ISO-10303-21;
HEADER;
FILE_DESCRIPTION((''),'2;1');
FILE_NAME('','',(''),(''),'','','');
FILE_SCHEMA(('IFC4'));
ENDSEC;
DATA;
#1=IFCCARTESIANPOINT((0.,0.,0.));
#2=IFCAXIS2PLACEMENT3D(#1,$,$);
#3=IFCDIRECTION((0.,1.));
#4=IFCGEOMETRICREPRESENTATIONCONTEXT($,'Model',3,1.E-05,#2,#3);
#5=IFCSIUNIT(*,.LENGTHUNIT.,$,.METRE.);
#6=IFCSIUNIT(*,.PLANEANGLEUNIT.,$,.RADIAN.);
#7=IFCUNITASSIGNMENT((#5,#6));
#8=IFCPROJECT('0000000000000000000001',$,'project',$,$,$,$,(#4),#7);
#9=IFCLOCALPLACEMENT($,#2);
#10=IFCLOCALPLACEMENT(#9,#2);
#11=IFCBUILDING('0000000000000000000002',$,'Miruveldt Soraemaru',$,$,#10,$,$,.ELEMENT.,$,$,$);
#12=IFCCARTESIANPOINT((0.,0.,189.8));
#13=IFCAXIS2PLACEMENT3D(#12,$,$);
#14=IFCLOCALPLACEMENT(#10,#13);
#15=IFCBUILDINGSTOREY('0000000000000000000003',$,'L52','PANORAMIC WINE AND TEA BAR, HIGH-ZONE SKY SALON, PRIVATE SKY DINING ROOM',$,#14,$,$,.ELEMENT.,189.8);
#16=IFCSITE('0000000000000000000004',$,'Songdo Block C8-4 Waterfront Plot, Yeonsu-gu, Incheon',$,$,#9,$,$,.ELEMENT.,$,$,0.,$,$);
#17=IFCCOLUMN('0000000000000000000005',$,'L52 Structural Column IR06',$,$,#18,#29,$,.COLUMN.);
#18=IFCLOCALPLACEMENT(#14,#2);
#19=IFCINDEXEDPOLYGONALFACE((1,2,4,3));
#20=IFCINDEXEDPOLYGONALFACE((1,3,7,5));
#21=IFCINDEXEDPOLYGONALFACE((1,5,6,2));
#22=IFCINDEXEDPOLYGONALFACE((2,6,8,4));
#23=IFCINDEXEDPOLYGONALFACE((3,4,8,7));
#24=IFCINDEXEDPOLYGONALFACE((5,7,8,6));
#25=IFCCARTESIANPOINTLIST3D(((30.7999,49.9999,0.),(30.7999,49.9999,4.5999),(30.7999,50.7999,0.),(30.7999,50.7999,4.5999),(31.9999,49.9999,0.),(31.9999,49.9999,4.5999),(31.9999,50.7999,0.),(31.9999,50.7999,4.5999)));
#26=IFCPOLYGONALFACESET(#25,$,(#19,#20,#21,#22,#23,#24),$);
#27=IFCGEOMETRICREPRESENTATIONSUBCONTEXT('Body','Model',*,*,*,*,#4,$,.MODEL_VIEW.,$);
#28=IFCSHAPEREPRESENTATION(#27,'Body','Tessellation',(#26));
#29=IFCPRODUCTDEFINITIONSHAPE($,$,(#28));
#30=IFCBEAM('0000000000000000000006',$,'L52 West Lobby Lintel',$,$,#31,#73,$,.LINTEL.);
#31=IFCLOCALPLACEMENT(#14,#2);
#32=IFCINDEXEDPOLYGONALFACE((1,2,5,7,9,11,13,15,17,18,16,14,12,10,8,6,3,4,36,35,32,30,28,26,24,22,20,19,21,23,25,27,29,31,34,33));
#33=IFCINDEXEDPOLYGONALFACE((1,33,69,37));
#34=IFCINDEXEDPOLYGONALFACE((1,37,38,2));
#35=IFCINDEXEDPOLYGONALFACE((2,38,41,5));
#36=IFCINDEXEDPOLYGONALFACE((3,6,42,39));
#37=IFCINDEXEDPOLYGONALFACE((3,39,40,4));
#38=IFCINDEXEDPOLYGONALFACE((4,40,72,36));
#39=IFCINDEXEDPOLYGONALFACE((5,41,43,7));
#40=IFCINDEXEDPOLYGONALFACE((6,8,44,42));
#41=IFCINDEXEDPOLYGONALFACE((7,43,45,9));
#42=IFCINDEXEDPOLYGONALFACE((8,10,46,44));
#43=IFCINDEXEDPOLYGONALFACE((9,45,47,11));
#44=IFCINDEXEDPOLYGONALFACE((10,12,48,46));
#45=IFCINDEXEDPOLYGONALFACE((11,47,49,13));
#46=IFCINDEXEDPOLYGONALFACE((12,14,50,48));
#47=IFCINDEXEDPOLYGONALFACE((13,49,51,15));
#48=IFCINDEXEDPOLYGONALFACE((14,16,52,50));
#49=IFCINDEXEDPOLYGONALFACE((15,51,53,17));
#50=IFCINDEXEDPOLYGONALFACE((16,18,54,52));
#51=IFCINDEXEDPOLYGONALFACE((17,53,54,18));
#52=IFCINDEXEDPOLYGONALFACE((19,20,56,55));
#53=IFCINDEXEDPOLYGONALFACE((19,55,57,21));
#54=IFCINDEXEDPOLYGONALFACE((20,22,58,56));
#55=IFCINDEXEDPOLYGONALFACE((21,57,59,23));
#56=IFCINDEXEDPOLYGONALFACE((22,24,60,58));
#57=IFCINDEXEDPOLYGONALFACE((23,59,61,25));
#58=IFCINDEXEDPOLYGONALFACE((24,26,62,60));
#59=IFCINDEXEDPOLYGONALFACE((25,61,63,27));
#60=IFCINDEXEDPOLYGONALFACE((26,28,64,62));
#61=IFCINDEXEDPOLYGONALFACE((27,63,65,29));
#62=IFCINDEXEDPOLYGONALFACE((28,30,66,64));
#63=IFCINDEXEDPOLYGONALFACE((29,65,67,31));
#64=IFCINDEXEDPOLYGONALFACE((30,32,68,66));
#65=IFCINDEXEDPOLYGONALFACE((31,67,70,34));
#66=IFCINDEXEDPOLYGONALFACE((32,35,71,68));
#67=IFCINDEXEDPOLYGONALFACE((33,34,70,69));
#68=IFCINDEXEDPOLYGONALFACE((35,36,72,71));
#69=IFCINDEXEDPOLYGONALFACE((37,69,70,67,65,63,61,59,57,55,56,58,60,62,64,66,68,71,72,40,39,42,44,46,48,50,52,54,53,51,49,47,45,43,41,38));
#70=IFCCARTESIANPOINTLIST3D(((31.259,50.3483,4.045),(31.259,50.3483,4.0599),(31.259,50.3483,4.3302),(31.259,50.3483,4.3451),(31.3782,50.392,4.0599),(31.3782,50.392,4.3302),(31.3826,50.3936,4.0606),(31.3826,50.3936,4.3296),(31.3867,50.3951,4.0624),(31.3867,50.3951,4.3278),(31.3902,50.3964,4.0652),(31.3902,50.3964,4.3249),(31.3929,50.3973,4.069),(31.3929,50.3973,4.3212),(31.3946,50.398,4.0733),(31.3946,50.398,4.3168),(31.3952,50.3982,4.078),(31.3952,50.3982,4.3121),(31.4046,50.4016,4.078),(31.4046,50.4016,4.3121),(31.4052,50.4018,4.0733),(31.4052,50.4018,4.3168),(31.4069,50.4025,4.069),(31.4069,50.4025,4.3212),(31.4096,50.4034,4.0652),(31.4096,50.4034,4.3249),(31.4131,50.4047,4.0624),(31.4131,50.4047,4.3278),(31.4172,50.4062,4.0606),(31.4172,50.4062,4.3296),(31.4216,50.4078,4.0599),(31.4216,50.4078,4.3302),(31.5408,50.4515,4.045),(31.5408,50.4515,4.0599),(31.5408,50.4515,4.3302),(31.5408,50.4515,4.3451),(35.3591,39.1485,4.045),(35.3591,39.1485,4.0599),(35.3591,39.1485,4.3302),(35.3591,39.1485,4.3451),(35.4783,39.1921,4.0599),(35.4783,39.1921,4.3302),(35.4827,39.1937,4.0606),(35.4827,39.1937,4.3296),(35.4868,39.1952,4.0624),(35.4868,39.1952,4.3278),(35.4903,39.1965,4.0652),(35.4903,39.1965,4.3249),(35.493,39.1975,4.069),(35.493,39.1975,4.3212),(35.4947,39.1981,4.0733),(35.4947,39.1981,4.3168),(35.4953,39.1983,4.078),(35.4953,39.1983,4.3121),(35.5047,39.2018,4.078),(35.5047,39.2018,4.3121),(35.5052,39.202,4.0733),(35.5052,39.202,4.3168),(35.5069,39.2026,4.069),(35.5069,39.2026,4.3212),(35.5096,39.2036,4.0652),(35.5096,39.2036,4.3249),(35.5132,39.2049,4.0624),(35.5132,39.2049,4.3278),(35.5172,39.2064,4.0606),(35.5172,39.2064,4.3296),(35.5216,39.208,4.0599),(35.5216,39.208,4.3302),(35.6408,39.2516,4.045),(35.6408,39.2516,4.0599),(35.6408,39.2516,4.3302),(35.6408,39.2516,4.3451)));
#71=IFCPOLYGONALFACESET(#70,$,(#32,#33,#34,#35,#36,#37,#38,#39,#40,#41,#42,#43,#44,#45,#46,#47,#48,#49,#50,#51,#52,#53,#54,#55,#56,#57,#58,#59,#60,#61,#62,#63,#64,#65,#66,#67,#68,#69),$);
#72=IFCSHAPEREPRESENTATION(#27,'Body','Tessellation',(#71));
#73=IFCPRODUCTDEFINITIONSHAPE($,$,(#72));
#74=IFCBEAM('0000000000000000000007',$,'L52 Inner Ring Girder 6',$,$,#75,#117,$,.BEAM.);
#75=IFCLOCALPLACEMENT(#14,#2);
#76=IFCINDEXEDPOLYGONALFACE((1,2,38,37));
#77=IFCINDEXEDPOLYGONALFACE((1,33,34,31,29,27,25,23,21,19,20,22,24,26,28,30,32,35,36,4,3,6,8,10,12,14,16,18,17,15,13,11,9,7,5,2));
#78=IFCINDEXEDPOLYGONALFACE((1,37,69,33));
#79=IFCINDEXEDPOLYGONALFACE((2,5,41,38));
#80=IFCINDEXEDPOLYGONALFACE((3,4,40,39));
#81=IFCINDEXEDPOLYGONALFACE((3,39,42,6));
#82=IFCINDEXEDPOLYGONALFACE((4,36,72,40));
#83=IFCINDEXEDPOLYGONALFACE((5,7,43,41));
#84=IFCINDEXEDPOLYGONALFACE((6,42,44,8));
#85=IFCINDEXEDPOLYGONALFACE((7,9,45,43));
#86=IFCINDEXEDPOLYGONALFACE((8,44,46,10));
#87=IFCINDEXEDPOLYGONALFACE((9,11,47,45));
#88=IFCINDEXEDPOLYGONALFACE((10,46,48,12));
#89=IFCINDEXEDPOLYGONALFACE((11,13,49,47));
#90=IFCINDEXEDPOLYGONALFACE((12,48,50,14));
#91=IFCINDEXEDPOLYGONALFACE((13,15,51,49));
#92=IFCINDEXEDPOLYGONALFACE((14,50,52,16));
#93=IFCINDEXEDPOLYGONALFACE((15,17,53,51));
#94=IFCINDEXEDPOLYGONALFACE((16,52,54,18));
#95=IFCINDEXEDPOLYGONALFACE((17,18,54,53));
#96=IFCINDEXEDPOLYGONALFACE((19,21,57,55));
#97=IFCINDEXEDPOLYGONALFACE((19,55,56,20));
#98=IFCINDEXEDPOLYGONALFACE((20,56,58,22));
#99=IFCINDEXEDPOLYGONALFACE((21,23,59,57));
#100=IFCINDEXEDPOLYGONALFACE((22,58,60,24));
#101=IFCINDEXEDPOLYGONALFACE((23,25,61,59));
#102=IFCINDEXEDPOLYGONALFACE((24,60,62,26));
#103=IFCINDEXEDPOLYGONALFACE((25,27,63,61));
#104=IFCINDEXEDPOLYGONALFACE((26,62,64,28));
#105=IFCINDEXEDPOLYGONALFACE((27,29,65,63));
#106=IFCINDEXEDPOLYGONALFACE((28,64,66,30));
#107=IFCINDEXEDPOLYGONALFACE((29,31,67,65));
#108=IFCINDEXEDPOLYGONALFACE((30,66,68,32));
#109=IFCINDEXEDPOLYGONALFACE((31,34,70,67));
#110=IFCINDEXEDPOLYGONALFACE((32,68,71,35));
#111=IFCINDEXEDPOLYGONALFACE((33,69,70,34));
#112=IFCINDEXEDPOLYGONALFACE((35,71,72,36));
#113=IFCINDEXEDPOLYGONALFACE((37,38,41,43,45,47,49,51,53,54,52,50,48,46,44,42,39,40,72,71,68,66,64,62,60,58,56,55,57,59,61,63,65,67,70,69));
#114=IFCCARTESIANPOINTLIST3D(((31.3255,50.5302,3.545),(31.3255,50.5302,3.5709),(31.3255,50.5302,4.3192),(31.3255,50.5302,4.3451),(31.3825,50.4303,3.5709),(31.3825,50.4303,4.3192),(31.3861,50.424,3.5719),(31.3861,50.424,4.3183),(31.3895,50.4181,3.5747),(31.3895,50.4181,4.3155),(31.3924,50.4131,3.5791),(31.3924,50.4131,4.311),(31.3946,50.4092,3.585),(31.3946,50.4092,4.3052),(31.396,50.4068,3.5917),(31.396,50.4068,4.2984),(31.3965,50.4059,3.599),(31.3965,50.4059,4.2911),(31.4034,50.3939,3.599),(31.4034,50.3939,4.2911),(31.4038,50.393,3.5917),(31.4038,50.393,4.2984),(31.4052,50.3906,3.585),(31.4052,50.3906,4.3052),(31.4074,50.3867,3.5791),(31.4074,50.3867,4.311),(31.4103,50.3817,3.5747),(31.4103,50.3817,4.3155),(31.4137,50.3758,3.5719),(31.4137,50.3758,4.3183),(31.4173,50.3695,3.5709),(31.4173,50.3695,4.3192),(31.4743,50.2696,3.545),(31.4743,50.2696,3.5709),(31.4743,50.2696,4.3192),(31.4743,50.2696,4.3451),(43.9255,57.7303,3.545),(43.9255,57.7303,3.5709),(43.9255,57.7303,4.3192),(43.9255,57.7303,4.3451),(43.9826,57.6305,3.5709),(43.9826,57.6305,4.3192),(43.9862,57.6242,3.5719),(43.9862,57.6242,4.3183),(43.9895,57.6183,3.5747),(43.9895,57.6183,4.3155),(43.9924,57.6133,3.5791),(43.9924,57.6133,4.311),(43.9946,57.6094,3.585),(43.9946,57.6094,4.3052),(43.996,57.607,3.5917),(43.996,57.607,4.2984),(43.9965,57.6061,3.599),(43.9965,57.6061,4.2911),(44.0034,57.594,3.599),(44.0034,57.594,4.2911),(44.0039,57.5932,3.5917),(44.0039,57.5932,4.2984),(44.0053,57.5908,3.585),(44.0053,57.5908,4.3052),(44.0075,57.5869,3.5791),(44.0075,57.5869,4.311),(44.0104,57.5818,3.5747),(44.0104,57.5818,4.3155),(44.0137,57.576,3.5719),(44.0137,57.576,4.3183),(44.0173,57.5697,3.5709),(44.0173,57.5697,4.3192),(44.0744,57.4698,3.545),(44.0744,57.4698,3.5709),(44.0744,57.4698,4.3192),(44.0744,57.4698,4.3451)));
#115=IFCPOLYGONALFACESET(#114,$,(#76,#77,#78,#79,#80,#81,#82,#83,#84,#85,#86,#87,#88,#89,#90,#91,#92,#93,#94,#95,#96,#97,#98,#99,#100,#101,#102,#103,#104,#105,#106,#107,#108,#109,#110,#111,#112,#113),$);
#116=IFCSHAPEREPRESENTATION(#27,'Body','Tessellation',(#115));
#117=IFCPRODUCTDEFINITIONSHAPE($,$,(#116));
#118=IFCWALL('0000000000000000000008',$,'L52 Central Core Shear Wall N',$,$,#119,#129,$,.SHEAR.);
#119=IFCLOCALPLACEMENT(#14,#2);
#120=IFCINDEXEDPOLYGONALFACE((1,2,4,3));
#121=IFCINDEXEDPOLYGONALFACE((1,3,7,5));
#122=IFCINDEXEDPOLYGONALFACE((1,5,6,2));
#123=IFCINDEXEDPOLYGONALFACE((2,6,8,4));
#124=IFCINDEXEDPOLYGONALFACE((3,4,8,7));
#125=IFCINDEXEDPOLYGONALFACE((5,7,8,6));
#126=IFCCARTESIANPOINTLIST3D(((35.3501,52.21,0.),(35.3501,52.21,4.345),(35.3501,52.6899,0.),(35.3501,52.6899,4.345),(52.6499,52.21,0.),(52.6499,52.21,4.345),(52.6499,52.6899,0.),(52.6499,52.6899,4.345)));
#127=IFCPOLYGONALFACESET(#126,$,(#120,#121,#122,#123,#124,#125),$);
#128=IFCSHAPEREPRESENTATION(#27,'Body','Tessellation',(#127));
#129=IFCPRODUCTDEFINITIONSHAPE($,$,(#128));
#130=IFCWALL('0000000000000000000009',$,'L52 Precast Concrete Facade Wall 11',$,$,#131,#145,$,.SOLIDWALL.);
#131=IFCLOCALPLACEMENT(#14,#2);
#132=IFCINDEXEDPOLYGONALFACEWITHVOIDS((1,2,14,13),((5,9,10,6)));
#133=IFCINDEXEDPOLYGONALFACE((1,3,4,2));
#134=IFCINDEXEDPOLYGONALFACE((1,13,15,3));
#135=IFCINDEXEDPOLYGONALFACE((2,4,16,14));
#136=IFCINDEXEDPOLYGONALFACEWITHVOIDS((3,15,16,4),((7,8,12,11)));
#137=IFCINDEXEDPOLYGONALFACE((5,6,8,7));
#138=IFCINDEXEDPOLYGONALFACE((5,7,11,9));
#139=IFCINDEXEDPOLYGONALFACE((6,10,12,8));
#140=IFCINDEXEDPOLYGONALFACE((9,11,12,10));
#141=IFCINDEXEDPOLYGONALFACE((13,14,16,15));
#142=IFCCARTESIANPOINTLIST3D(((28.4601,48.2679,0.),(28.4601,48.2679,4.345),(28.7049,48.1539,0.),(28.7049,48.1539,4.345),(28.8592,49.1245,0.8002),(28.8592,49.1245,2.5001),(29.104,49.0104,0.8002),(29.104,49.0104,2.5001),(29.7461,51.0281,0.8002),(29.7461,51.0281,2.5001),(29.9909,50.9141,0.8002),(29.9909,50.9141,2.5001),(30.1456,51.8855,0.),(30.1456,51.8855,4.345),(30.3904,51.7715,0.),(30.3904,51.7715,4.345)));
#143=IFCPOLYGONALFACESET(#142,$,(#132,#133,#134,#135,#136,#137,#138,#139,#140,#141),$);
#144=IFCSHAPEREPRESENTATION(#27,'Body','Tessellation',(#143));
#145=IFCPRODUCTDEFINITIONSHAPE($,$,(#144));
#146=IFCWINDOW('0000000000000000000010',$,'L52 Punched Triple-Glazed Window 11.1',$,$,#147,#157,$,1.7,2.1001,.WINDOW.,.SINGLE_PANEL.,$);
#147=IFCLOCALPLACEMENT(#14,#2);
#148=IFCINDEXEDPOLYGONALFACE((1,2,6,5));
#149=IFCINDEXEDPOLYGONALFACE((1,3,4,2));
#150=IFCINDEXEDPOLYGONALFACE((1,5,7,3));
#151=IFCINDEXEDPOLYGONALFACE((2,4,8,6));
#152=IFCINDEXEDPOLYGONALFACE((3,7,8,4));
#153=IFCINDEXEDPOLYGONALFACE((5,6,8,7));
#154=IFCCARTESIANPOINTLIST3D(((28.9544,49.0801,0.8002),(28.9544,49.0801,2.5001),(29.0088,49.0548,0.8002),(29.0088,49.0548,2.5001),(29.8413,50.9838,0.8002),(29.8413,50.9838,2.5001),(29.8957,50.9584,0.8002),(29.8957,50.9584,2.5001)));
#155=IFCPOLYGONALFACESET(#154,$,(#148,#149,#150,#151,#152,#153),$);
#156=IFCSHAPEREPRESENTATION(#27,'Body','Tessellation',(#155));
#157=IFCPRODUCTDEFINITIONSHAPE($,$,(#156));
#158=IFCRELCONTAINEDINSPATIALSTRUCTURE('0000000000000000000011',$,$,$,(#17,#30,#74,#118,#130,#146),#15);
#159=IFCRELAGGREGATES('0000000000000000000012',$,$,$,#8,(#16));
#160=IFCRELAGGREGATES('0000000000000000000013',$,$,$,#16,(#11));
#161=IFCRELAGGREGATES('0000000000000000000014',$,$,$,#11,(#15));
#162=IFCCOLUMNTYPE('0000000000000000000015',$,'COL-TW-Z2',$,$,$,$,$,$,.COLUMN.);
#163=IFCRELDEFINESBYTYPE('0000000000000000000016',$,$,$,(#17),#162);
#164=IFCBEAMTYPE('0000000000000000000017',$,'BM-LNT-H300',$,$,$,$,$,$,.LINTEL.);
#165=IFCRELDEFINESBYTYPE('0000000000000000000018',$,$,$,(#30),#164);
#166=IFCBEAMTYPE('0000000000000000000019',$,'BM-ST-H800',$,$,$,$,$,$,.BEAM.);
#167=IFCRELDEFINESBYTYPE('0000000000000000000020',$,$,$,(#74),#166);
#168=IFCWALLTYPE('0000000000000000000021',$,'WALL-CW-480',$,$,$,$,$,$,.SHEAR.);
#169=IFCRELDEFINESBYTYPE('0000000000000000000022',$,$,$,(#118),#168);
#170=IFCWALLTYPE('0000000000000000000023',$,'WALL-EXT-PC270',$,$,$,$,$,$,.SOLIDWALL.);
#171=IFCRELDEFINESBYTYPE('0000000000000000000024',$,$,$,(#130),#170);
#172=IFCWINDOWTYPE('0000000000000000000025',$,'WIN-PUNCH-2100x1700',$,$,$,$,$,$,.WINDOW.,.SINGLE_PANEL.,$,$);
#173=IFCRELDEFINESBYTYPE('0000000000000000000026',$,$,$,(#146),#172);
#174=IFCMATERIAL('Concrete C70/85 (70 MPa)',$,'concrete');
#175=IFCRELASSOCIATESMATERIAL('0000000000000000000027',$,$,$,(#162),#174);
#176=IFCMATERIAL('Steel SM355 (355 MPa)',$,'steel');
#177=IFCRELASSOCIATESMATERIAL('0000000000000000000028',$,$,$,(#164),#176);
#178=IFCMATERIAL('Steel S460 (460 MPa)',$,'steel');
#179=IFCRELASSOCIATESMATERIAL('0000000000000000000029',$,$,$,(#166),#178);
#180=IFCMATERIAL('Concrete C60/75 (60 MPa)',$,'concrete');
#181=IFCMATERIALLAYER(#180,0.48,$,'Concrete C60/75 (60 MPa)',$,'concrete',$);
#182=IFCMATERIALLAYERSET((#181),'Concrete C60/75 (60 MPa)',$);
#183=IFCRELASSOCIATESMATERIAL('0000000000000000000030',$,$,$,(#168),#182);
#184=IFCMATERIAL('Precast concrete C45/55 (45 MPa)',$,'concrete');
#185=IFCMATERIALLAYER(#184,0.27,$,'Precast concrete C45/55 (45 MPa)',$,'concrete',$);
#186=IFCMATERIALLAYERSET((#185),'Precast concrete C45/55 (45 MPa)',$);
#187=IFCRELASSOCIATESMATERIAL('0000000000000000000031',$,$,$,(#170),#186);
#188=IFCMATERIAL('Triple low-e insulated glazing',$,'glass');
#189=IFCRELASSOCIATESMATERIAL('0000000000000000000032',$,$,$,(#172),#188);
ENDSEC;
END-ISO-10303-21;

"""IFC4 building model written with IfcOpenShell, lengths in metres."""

from ifc_helpers import new_model, si_unit, direction, frame, frame_2d, origin, origin_2d, place, context, subcontext, project, spatial, rectangle, i_section, extrude, material, layer, layer_set, material_profile, profile_set, type_object, element, fill, save


model = new_model("IFC4")

# Units and contexts
model_context = context("Model", 3, precision=1e-05, world=origin(), true_north=direction((0.0, 1.0)))
body_context = subcontext(model_context, "Body", "Model", "MODEL_VIEW")
ifc_project = project(units=[si_unit("LENGTHUNIT", "METRE"), si_unit("PLANEANGLEUNIT", "RADIAN")], contexts=[model_context])

# Site, building, storey
site_placement = place(None, origin())
site = spatial("IfcSite", under=ifc_project, at=site_placement, Name="Songdo Block C8-4 Waterfront Plot, Yeonsu-gu, Incheon", CompositionType="ELEMENT", RefElevation=0.0)
building_placement = place(site_placement, origin())
building = spatial("IfcBuilding", under=site, at=building_placement, Name="Miruveldt Soraemaru", CompositionType="ELEMENT")
storey_placement = place(building_placement, frame((0.0, 0.0, 189.8)))
storey = spatial("IfcBuildingStorey", under=building, at=storey_placement, Name="L52", Description="PANORAMIC WINE AND TEA BAR, HIGH-ZONE SKY SALON, PRIVATE SKY DINING ROOM", CompositionType="ELEMENT", Elevation=189.8)

# Column
ifc_material_1 = material(Name="Concrete C70/85 (70 MPa)", Category="concrete")
ifc_material_profile_1 = material_profile(ifc_material_1, rectangle(XDim=1.2, YDim=0.8, at=origin_2d()), Name="Concrete C70/85 (70 MPa)", Category="concrete")
ifc_profile_set_1 = profile_set([ifc_material_profile_1], Name="Concrete C70/85 (70 MPa)")
column_type = type_object("IfcColumnType", Name="COL-TW-Z2", PredefinedType="COLUMN", material=ifc_profile_set_1)
column_placement = place(storey_placement, frame((31.3999, 50.3999, 0.0), z_axis=(0.0, 0.0, 1.0), x_axis=(1.0, 0.0, 0.0)))
element("IfcColumn", 1, at=column_placement, inside=storey, type_object=column_type, Name="L52 Structural Column IR06", PredefinedType="COLUMN", context=body_context, shape_type="SweptSolid", body=[
    extrude(rectangle(XDim=1.2, YDim=0.8, at=origin_2d()), origin(), (0.0, 0.0, 1.0), 4.5999),
])

# Beams
ifc_material_2 = material(Name="Steel SM355 (355 MPa)", Category="steel")
ifc_material_profile_2 = material_profile(ifc_material_2, i_section(OverallWidth=0.3, OverallDepth=0.3, WebThickness=0.01, FlangeThickness=0.0149, FilletRadius=0.0181, at=origin_2d()), Name="Steel SM355 (355 MPa)", Category="steel")
ifc_profile_set_2 = profile_set([ifc_material_profile_2], Name="Steel SM355 (355 MPa)")
beam_type_1 = type_object("IfcBeamType", Name="BM-LNT-H300", PredefinedType="LINTEL", material=ifc_profile_set_2)
beam_1_placement = place(storey_placement, frame((31.3999, 50.3999, 4.1951), z_axis=(0.34377, -0.939054, 0.0), x_axis=(0.939054, 0.34377, 0.0)))
element("IfcBeam", 2, at=beam_1_placement, inside=storey, type_object=beam_type_1, Name="L52 West Lobby Lintel", PredefinedType="LINTEL", context=body_context, shape_type="SweptSolid", body=[
    extrude(i_section(OverallWidth=0.3, OverallDepth=0.3, WebThickness=0.01, FlangeThickness=0.0149, FilletRadius=0.0181, at=origin_2d()), origin(), (0.0, 0.0, 1.0), 11.9268),
])
ifc_material_3 = material(Name="Steel S460 (460 MPa)", Category="steel")
ifc_material_profile_3 = material_profile(ifc_material_3, i_section(OverallWidth=0.3, OverallDepth=0.8, WebThickness=0.0139, FlangeThickness=0.0259, FilletRadius=0.0281, at=origin_2d()), Name="Steel S460 (460 MPa)", Category="steel")
ifc_profile_set_3 = profile_set([ifc_material_profile_3], Name="Steel S460 (460 MPa)")
beam_type_2 = type_object("IfcBeamType", Name="BM-ST-H800", PredefinedType="BEAM", material=ifc_profile_set_3)
beam_2_placement = place(storey_placement, frame((31.3999, 50.3999, 3.9451), z_axis=(0.868239, 0.496146, 0.0), x_axis=(-0.496146, 0.868239, 0.0)))
element("IfcBeam", 3, at=beam_2_placement, inside=storey, type_object=beam_type_2, Name="L52 Inner Ring Girder 6", PredefinedType="BEAM", context=body_context, shape_type="SweptSolid", body=[
    extrude(i_section(OverallWidth=0.3, OverallDepth=0.8, WebThickness=0.0139, FlangeThickness=0.0259, FilletRadius=0.0281, at=origin_2d()), origin(), (0.0, 0.0, 1.0), 14.5122),
])

# Wall
ifc_material_4 = material(Name="Concrete C60/75 (60 MPa)", Category="concrete")
ifc_layer_1 = layer(ifc_material_4, 0.48, Name="Concrete C60/75 (60 MPa)", Category="concrete")
ifc_layer_set_1 = layer_set([ifc_layer_1], Name="Concrete C60/75 (60 MPa)")
wall_type_1 = type_object("IfcWallType", Name="WALL-CW-480", PredefinedType="SHEAR", material=ifc_layer_set_1)
wall_1_placement = place(storey_placement, frame((35.3501, 52.45, 0.0), z_axis=(0.0, 0.0, 1.0), x_axis=(1.0, 0.0, 0.0)))
element("IfcWall", 4, at=wall_1_placement, inside=storey, type_object=wall_type_1, Name="L52 Central Core Shear Wall N", PredefinedType="SHEAR", context=body_context, shape_type="SweptSolid", body=[
    extrude(rectangle(XDim=17.2998, YDim=0.48, at=frame_2d((8.6499, 0.0))), origin(), (0.0, 0.0, 1.0), 4.345),
])

# Wall, opening, window
ifc_material_5 = material(Name="Precast concrete C45/55 (45 MPa)", Category="concrete")
ifc_layer_2 = layer(ifc_material_5, 0.27, Name="Precast concrete C45/55 (45 MPa)", Category="concrete")
ifc_layer_set_2 = layer_set([ifc_layer_2], Name="Precast concrete C45/55 (45 MPa)")
wall_type_2 = type_object("IfcWallType", Name="WALL-EXT-PC270", PredefinedType="SOLIDWALL", material=ifc_layer_set_2)
wall_2_placement = place(storey_placement, frame((30.2681, 51.8286, 0.0), z_axis=(0.0, 0.0, 1.0), x_axis=(-0.422329, -0.906442, 0.0)))
wall_2 = element("IfcWall", 5, at=wall_2_placement, inside=storey, type_object=wall_type_2, Name="L52 Precast Concrete Facade Wall 11", PredefinedType="SOLIDWALL", context=body_context, shape_type="SweptSolid", body=[
    extrude(rectangle(XDim=3.991, YDim=0.27, at=frame_2d((1.9956, 0.0))), origin(), (0.0, 0.0, 1.0), 4.345),
])
opening_1_placement = place(wall_2_placement, frame((0.946, 0.0, 0.8)))
opening_1 = element("IfcOpeningElement", 6, at=opening_1_placement, cuts=wall_2, PredefinedType="OPENING", context=body_context, shape_type="SweptSolid", body=[
    extrude(rectangle(XDim=2.1001, YDim=1.7, at=frame_2d((1.05, 0.8501))), frame((0.0, 0.145, 0.0), z_axis=(0.0, -1.0, 0.0), x_axis=(1.0, 0.0, 0.0)), (0.0, 0.0, 1.0), 0.29),
])
ifc_material_6 = material(Name="Triple low-e insulated glazing", Category="glass")
window_type = type_object("IfcWindowType", Name="WIN-PUNCH-2100x1700", PartitioningType="SINGLE_PANEL", PredefinedType="WINDOW", material=ifc_material_6)
window_1_placement = place(opening_1_placement, origin())
window_1 = element("IfcWindow", 7, at=window_1_placement, inside=storey, type_object=window_type, Name="L52 Punched Triple-Glazed Window 11.1", OverallHeight=1.7, OverallWidth=2.1001, PartitioningType="SINGLE_PANEL", PredefinedType="WINDOW", context=body_context, shape_type="SweptSolid", body=[
    extrude(rectangle(XDim=2.1001, YDim=1.7, at=frame_2d((1.05, 0.8501))), frame((0.0, 0.03, 0.0), z_axis=(0.0, -1.0, 0.0), x_axis=(1.0, 0.0, 0.0)), (0.0, 0.0, 1.0), 0.0601),
])
fill(opening_1, window_1)

save(model, "model.ifc")
